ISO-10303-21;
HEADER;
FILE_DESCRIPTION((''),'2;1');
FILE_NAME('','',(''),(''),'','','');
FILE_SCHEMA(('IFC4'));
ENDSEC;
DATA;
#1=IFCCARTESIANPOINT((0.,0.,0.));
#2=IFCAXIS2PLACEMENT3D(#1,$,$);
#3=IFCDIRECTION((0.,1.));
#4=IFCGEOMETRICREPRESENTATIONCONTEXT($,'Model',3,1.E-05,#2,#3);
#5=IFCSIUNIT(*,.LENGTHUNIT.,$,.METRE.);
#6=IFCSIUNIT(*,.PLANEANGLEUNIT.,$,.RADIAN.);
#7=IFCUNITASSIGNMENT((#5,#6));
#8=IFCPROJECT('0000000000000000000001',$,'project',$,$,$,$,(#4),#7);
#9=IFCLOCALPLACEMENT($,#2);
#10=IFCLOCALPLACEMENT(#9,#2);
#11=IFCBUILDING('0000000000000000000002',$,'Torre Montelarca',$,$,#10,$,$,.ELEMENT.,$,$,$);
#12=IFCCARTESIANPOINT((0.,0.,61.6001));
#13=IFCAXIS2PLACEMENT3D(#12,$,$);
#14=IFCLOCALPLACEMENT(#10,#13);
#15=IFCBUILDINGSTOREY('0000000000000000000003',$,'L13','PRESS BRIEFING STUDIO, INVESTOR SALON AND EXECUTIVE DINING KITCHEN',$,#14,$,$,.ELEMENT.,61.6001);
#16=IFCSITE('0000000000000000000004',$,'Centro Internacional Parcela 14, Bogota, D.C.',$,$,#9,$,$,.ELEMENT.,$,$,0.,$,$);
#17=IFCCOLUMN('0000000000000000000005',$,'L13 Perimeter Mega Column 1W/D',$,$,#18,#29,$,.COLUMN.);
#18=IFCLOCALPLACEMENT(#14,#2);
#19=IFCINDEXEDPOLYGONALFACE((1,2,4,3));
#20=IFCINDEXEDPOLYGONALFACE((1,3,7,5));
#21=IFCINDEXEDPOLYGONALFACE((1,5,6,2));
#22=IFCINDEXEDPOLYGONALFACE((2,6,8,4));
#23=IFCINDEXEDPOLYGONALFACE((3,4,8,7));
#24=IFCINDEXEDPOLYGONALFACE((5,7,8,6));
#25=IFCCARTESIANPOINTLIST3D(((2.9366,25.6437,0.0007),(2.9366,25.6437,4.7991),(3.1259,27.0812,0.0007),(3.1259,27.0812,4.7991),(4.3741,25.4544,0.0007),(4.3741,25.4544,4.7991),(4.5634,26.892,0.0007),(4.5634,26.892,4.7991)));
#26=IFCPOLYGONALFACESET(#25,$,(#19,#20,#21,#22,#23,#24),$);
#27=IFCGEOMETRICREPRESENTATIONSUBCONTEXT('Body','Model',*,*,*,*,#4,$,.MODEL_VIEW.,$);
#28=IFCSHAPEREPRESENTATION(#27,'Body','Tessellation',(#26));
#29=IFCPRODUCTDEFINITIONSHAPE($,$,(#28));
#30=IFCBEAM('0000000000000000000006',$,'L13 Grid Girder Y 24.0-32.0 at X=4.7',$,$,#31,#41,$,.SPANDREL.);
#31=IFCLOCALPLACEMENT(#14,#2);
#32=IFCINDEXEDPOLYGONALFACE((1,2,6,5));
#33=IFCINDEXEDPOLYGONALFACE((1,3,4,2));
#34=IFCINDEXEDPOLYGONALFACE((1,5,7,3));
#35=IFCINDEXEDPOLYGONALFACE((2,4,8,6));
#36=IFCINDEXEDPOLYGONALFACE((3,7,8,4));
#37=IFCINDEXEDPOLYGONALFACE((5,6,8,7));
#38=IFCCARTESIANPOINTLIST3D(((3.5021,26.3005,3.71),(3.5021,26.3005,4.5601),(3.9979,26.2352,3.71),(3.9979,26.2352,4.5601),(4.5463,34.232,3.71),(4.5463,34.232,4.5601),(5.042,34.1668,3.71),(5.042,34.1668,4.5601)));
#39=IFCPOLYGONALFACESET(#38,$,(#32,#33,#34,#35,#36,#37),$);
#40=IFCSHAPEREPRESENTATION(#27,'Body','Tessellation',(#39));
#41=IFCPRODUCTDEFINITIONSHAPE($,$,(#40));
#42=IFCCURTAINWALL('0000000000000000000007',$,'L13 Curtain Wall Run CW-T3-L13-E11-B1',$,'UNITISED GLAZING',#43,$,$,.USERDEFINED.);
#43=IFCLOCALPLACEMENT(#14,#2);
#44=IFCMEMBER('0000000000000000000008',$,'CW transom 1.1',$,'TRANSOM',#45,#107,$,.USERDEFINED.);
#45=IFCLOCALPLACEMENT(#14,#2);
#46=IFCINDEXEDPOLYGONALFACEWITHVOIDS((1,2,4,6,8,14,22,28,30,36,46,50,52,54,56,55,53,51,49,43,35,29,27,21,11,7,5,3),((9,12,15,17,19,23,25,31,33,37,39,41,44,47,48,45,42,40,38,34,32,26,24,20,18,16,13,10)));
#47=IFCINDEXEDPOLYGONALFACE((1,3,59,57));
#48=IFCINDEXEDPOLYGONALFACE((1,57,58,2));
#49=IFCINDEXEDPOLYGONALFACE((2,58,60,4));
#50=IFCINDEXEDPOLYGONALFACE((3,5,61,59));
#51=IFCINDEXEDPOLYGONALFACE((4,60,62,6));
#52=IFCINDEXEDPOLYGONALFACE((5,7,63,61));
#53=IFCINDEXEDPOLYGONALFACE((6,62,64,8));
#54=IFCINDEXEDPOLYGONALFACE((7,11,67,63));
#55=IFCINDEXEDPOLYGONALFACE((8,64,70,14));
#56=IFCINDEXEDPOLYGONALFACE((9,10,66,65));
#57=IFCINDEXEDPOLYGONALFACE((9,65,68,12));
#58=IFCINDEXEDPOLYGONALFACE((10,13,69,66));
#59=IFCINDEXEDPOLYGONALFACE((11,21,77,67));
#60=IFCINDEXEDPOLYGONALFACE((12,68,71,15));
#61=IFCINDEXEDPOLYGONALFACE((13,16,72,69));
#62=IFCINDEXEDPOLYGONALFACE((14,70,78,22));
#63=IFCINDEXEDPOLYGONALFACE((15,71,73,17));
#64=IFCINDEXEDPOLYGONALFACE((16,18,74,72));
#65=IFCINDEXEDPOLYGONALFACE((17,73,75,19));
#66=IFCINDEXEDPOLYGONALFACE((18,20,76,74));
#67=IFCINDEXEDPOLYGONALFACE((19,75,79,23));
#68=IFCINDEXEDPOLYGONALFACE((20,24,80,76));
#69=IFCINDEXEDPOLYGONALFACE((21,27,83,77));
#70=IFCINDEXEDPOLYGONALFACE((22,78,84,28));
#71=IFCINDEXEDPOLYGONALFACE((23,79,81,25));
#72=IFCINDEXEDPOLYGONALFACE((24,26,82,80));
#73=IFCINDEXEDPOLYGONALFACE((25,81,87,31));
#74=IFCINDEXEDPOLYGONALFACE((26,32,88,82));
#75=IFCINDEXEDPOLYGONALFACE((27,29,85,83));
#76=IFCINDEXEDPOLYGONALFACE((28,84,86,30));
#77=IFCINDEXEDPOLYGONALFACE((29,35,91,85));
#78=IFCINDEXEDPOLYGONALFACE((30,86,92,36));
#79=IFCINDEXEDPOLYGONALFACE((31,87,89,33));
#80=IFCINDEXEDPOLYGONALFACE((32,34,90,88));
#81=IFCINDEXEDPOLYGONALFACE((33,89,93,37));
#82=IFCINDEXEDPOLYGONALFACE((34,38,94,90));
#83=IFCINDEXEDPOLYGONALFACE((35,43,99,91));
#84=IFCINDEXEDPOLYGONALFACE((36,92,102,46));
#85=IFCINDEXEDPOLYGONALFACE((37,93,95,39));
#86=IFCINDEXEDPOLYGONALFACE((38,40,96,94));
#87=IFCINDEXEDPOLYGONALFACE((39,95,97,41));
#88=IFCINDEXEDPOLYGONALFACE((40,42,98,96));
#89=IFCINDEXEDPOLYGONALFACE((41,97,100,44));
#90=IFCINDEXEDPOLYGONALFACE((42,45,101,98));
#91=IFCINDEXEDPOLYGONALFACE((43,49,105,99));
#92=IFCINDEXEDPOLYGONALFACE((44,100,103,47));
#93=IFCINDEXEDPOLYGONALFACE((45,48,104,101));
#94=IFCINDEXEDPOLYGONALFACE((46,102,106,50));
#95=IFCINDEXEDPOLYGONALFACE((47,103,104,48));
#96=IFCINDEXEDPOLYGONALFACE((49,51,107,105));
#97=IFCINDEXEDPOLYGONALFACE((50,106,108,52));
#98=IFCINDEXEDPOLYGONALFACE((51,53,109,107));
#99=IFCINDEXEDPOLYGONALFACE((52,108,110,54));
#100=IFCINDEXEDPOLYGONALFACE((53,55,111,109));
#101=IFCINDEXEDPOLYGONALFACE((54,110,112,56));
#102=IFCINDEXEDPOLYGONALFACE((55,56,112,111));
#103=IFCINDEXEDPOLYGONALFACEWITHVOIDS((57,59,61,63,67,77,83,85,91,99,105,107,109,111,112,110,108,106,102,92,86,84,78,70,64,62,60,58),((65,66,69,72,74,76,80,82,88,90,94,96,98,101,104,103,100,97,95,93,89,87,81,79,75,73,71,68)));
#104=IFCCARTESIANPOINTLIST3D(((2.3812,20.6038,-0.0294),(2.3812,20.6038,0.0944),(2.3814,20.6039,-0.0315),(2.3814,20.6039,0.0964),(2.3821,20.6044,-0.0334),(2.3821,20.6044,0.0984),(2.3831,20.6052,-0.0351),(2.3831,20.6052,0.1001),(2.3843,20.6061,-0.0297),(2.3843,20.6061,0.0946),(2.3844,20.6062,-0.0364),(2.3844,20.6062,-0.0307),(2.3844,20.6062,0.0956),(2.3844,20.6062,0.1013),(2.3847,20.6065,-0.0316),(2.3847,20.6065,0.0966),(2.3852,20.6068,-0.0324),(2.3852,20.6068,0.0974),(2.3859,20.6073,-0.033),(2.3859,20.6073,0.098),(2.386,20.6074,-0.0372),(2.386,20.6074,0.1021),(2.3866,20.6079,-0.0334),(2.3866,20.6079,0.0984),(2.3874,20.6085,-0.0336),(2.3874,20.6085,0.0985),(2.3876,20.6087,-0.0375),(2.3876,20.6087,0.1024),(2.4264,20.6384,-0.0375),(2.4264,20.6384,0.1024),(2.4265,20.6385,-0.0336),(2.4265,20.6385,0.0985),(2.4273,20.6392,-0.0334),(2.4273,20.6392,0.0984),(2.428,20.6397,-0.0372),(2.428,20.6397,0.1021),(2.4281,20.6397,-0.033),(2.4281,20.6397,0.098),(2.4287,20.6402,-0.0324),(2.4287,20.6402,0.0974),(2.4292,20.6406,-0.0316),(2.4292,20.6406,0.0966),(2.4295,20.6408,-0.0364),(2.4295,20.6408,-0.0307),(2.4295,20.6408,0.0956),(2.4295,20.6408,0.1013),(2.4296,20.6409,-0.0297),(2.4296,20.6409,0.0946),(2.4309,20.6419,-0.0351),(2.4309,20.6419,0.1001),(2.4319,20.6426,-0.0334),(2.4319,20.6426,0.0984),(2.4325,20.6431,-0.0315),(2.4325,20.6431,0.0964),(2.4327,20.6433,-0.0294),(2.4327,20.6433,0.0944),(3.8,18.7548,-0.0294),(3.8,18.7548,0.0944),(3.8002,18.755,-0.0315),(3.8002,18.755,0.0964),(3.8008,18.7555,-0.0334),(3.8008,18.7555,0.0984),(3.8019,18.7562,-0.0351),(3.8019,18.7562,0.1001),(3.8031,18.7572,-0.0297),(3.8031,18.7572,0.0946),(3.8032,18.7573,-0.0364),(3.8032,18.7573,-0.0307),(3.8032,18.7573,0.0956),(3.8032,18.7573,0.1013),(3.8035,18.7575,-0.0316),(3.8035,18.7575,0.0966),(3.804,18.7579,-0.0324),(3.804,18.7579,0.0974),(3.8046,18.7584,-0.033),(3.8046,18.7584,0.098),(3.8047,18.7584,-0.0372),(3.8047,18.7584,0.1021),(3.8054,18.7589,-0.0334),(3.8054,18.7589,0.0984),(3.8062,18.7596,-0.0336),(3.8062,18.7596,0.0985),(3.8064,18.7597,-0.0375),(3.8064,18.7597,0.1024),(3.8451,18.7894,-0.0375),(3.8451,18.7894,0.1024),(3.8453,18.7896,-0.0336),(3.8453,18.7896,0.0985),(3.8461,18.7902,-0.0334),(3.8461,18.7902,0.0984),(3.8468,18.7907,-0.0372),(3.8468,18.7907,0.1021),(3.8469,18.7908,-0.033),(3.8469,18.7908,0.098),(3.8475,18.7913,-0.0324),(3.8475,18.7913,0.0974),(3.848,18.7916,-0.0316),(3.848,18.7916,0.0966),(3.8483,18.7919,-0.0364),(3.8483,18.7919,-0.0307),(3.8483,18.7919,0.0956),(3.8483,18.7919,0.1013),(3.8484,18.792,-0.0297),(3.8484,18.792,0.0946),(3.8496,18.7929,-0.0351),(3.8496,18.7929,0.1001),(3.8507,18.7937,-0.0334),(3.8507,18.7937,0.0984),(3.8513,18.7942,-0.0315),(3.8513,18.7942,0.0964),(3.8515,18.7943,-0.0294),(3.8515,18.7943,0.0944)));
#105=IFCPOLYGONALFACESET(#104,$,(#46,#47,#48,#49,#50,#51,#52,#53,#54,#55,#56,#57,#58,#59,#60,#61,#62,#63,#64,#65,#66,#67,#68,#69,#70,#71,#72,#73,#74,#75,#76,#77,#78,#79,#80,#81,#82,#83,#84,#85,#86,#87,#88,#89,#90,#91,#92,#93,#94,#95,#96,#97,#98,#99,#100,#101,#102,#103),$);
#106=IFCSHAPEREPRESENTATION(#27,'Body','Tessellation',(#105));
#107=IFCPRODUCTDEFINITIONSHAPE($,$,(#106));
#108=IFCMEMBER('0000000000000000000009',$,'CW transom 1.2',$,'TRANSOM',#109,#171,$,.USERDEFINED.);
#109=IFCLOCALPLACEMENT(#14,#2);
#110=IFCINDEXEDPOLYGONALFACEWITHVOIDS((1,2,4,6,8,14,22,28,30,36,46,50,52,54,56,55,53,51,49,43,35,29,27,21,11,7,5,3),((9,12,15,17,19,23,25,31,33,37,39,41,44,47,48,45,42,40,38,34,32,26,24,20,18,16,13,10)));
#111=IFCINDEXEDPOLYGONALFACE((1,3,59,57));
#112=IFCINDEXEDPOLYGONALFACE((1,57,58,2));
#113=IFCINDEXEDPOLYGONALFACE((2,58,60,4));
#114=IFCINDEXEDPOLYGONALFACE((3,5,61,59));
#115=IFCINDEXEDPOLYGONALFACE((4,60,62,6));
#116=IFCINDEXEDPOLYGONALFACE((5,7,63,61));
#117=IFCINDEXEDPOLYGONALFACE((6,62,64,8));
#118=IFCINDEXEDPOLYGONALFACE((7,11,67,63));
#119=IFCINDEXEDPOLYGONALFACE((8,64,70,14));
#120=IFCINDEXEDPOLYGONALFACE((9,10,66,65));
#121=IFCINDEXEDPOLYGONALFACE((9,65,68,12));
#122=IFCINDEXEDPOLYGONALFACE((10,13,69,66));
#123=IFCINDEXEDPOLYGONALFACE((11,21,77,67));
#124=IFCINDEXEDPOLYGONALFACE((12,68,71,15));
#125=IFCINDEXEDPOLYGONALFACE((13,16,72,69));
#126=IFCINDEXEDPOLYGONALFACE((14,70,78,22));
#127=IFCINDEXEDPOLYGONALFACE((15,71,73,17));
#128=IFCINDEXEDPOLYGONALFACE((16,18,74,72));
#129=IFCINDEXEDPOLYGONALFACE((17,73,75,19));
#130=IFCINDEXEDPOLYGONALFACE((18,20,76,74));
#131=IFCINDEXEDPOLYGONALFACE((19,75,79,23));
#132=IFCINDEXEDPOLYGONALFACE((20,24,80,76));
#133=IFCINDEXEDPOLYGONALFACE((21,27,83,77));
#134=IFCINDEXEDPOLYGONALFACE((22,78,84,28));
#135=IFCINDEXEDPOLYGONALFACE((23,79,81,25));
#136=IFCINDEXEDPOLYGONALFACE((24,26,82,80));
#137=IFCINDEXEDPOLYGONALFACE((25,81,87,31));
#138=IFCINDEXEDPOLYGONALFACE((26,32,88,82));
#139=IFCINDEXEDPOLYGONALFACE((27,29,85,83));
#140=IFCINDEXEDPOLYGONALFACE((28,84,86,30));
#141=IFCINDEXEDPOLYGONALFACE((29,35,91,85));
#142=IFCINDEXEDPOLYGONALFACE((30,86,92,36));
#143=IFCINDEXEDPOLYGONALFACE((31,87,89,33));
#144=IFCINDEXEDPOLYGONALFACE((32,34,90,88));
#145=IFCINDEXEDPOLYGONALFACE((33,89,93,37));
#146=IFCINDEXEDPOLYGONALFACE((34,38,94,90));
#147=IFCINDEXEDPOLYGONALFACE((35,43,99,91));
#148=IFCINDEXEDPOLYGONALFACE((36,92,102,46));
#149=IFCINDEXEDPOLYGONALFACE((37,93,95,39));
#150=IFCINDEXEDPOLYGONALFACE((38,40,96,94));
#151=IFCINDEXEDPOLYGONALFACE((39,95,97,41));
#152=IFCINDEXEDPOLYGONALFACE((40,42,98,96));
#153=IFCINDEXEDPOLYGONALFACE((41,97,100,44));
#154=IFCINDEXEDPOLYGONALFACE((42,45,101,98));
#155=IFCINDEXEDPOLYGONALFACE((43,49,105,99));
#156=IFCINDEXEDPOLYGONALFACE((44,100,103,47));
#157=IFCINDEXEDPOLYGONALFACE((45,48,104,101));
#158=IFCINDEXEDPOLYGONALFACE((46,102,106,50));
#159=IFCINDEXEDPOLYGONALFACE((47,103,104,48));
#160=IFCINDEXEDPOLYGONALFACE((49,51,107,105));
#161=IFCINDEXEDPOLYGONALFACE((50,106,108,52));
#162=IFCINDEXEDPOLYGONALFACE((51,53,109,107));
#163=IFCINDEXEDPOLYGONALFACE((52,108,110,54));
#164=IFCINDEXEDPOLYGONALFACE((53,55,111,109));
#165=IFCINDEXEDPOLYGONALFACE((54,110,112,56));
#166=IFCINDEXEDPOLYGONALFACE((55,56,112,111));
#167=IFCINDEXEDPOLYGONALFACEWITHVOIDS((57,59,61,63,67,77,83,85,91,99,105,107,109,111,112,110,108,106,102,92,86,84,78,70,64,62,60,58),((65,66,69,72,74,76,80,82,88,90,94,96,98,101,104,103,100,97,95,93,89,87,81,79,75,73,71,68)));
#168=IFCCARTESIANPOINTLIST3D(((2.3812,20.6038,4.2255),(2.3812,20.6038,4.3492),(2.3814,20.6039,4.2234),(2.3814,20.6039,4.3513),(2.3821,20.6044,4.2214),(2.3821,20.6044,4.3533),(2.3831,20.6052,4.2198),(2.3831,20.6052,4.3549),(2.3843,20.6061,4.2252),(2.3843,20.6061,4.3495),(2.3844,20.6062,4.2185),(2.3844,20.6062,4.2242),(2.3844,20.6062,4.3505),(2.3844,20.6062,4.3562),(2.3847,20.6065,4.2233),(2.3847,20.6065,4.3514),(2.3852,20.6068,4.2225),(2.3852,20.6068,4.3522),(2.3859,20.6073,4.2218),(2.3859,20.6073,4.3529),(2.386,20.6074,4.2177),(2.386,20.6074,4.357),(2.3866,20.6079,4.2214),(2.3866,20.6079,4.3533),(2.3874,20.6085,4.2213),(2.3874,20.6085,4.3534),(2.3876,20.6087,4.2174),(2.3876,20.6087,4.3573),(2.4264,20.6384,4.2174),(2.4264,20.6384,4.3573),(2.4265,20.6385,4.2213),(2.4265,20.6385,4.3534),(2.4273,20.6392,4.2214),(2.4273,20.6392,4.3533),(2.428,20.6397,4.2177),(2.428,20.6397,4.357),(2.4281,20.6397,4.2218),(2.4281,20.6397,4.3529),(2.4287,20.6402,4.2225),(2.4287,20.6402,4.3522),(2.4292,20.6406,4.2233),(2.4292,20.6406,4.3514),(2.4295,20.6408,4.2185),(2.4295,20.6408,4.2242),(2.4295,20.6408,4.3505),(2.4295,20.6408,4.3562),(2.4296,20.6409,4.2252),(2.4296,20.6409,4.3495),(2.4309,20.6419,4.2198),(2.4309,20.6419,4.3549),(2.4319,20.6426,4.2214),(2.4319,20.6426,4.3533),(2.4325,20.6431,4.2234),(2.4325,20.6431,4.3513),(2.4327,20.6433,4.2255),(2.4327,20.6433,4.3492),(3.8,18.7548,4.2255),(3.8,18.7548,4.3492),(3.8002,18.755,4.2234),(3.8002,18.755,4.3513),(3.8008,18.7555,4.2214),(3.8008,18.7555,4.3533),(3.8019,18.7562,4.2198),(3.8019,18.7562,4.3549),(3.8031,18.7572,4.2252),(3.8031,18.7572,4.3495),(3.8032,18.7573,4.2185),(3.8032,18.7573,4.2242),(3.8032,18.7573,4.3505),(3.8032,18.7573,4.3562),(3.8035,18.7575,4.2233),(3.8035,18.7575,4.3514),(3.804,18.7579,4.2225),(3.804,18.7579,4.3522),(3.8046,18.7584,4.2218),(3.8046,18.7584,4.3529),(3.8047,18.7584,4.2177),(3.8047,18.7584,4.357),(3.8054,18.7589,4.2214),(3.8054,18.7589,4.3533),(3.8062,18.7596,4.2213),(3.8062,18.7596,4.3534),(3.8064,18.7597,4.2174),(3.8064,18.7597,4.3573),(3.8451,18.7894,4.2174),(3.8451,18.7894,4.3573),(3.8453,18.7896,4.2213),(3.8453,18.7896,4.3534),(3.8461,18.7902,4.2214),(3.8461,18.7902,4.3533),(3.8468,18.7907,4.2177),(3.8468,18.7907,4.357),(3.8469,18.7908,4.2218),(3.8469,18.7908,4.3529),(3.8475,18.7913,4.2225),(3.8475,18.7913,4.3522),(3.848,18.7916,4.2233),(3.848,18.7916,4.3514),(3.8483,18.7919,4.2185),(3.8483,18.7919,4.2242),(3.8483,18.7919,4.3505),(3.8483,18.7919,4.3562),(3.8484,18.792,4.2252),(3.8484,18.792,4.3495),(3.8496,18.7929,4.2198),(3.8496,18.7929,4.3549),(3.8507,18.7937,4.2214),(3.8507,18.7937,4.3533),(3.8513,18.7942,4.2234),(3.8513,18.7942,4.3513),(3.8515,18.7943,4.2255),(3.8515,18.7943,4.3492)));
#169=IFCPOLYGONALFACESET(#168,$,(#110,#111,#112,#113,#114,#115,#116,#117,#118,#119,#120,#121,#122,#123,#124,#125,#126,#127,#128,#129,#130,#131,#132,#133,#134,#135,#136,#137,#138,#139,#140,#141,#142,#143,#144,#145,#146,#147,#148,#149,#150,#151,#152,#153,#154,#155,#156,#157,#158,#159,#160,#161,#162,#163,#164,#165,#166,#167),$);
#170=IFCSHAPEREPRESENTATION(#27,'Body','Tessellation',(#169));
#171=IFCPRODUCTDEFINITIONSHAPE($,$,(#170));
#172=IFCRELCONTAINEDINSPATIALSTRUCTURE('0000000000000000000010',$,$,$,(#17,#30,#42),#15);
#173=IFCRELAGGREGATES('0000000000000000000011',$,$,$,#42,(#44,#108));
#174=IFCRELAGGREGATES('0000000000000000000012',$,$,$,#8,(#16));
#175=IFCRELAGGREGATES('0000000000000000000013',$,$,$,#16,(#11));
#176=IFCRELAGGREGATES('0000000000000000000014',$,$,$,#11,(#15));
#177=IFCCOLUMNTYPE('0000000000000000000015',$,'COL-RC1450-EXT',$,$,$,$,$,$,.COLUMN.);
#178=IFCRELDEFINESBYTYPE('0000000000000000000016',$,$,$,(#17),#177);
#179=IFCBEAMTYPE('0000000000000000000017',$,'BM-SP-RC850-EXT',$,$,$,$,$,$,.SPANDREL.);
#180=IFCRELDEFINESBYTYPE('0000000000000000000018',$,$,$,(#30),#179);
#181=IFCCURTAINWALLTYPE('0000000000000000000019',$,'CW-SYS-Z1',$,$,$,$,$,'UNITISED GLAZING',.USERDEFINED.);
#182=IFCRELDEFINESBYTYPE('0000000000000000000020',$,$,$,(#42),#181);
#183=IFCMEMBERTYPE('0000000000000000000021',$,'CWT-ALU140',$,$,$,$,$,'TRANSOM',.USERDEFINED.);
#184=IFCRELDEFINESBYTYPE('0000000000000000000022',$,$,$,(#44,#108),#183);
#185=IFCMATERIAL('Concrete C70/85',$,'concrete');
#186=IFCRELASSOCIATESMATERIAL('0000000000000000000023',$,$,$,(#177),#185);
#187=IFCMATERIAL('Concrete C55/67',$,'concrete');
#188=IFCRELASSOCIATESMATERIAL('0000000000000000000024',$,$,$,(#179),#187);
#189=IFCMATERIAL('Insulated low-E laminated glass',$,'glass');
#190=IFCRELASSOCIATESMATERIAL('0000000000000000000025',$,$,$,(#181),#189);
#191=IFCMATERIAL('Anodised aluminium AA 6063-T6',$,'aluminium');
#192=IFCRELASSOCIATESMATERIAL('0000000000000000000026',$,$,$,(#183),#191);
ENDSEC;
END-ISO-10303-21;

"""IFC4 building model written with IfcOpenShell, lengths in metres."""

from ifc_helpers import new_model, si_unit, direction, frame, origin, origin_2d, place, context, subcontext, project, spatial, rectangle, hollow_rectangle, extrude, source, transform, mapped, material, material_profile, profile_set, type_object, element, aggregate, save


model = new_model("IFC4")

# Units and contexts
model_context = context("Model", 3, precision=1e-05, world=origin(), true_north=direction((0.0, 1.0)))
body_context = subcontext(model_context, "Body", "Model", "MODEL_VIEW")
ifc_project = project(units=[si_unit("LENGTHUNIT", "METRE"), si_unit("PLANEANGLEUNIT", "RADIAN")], contexts=[model_context])

# Site, building, storey
site_placement = place(None, origin())
site = spatial("IfcSite", under=ifc_project, at=site_placement, Name="Centro Internacional Parcela 14, Bogota, D.C.", CompositionType="ELEMENT", RefElevation=0.0)
building_placement = place(site_placement, origin())
building = spatial("IfcBuilding", under=site, at=building_placement, Name="Torre Montelarca", CompositionType="ELEMENT")
storey_placement = place(building_placement, frame((0.0, 0.0, 61.6001)))
storey = spatial("IfcBuildingStorey", under=building, at=storey_placement, Name="L13", Description="PRESS BRIEFING STUDIO, INVESTOR SALON AND EXECUTIVE DINING KITCHEN", CompositionType="ELEMENT", Elevation=61.6001)

# Column
ifc_material_1 = material(Name="Concrete C70/85", Category="concrete")
ifc_material_profile_1 = material_profile(ifc_material_1, rectangle(XDim=1.45, YDim=1.45, at=origin_2d()), Name="RC1450X1450", Category="concrete")
ifc_profile_set_1 = profile_set([ifc_material_profile_1], Name="Concrete C70/85")
column_type = type_object("IfcColumnType", Name="COL-RC1450-EXT", PredefinedType="COLUMN", material=ifc_profile_set_1)
shared_shape_1 = source(origin(), body_context, "Body", "SweptSolid", [
    extrude(rectangle(XDim=1.45, YDim=1.45, at=origin_2d()), origin(), (0.0, 0.0, 1.0), 4.7983),
])
column_placement = place(storey_placement, frame((3.75, 26.2678, 0.0007), z_axis=(0.0, 0.0, 1.0), x_axis=(-0.991445, 0.130526, 0.0)))
element("IfcColumn", 1, at=column_placement, inside=storey, type_object=column_type, Name="L13 Perimeter Mega Column 1W/D", PredefinedType="COLUMN", context=body_context, shape_type="MappedRepresentation", body=[
    mapped(shared_shape_1, transform((0.0, 0.0, 0.0), scale=1.0)),
])

# Beam
ifc_material_2 = material(Name="Concrete C55/67", Category="concrete")
ifc_material_profile_2 = material_profile(ifc_material_2, rectangle(XDim=0.5, YDim=0.8501, at=origin_2d()), Name="RCB500X850", Category="concrete")
ifc_profile_set_2 = profile_set([ifc_material_profile_2], Name="Concrete C55/67")
beam_type = type_object("IfcBeamType", Name="BM-SP-RC850-EXT", PredefinedType="SPANDREL", material=ifc_profile_set_2)
shared_shape_2 = source(origin(), body_context, "Body", "SweptSolid", [
    extrude(rectangle(XDim=0.5, YDim=0.8501, at=origin_2d()), origin(), (0.0, 0.0, 1.0), 8.0),
])
beam_placement = place(storey_placement, frame((3.75, 26.2678, 4.135), z_axis=(0.130522, 0.991445, 0.0), x_axis=(-0.991445, 0.130522, 0.0)))
element("IfcBeam", 2, at=beam_placement, inside=storey, type_object=beam_type, Name="L13 Grid Girder Y 24.0-32.0 at X=4.7", PredefinedType="SPANDREL", context=body_context, shape_type="MappedRepresentation", body=[
    mapped(shared_shape_2, transform((0.0, 0.0, 0.0), scale=1.0)),
])

# Curtain wall, members
ifc_material_3 = material(Name="Insulated low-E laminated glass", Category="glass")
curtain_wall_type = type_object("IfcCurtainWallType", Name="CW-SYS-Z1", ElementType="UNITISED GLAZING", PredefinedType="USERDEFINED", material=ifc_material_3)
curtain_wall_1_placement = place(storey_placement, origin())
curtain_wall_1 = element("IfcCurtainWall", 3, at=curtain_wall_1_placement, inside=storey, type_object=curtain_wall_type, Name="L13 Curtain Wall Run CW-T3-L13-E11-B1", ObjectType="UNITISED GLAZING", PredefinedType="USERDEFINED")
ifc_material_4 = material(Name="Anodised aluminium AA 6063-T6", Category="aluminium")
ifc_material_profile_3 = material_profile(ifc_material_4, hollow_rectangle(XDim=0.0649, YDim=0.1399, WallThickness=0.0039, InnerFilletRadius=0.0039, OuterFilletRadius=0.0081, at=origin_2d()), Name="ALU65X140X4", Category="aluminium")
ifc_profile_set_3 = profile_set([ifc_material_profile_3], Name="Anodised aluminium AA 6063-T6")
member_type_1 = type_object("IfcMemberType", Name="CWT-ALU140", ElementType="TRANSOM", PredefinedType="USERDEFINED", material=ifc_profile_set_3)
shared_shape_3 = source(origin(), body_context, "Body", "SweptSolid", [
    extrude(hollow_rectangle(XDim=0.0649, YDim=0.1399, WallThickness=0.0039, InnerFilletRadius=0.0039, OuterFilletRadius=0.0081, at=origin_2d()), origin(), (0.0, 0.0, 1.0), 2.3306),
])
member_1_placement = place(storey_placement, frame((2.407, 20.6235, 0.0325), z_axis=(0.608764, -0.793352, 0.0), x_axis=(0.793352, 0.608764, 0.0)))
member_1 = element("IfcMember", 4, at=member_1_placement, type_object=member_type_1, Name="CW transom 1.1", ObjectType="TRANSOM", PredefinedType="USERDEFINED", context=body_context, shape_type="MappedRepresentation", body=[
    mapped(shared_shape_3, transform((0.0, 0.0, 0.0), scale=1.0)),
])
member_2_placement = place(storey_placement, frame((2.407, 20.6235, 4.2874), z_axis=(0.608764, -0.793352, 0.0), x_axis=(0.793352, 0.608764, 0.0)))
member_2 = element("IfcMember", 5, at=member_2_placement, type_object=member_type_1, Name="CW transom 1.2", ObjectType="TRANSOM", PredefinedType="USERDEFINED", context=body_context, shape_type="MappedRepresentation", body=[
    mapped(shared_shape_3, transform((0.0, 0.0, 0.0), scale=1.0)),
])

aggregate(curtain_wall_1, [member_1, member_2])

save(model, "model.ifc")
